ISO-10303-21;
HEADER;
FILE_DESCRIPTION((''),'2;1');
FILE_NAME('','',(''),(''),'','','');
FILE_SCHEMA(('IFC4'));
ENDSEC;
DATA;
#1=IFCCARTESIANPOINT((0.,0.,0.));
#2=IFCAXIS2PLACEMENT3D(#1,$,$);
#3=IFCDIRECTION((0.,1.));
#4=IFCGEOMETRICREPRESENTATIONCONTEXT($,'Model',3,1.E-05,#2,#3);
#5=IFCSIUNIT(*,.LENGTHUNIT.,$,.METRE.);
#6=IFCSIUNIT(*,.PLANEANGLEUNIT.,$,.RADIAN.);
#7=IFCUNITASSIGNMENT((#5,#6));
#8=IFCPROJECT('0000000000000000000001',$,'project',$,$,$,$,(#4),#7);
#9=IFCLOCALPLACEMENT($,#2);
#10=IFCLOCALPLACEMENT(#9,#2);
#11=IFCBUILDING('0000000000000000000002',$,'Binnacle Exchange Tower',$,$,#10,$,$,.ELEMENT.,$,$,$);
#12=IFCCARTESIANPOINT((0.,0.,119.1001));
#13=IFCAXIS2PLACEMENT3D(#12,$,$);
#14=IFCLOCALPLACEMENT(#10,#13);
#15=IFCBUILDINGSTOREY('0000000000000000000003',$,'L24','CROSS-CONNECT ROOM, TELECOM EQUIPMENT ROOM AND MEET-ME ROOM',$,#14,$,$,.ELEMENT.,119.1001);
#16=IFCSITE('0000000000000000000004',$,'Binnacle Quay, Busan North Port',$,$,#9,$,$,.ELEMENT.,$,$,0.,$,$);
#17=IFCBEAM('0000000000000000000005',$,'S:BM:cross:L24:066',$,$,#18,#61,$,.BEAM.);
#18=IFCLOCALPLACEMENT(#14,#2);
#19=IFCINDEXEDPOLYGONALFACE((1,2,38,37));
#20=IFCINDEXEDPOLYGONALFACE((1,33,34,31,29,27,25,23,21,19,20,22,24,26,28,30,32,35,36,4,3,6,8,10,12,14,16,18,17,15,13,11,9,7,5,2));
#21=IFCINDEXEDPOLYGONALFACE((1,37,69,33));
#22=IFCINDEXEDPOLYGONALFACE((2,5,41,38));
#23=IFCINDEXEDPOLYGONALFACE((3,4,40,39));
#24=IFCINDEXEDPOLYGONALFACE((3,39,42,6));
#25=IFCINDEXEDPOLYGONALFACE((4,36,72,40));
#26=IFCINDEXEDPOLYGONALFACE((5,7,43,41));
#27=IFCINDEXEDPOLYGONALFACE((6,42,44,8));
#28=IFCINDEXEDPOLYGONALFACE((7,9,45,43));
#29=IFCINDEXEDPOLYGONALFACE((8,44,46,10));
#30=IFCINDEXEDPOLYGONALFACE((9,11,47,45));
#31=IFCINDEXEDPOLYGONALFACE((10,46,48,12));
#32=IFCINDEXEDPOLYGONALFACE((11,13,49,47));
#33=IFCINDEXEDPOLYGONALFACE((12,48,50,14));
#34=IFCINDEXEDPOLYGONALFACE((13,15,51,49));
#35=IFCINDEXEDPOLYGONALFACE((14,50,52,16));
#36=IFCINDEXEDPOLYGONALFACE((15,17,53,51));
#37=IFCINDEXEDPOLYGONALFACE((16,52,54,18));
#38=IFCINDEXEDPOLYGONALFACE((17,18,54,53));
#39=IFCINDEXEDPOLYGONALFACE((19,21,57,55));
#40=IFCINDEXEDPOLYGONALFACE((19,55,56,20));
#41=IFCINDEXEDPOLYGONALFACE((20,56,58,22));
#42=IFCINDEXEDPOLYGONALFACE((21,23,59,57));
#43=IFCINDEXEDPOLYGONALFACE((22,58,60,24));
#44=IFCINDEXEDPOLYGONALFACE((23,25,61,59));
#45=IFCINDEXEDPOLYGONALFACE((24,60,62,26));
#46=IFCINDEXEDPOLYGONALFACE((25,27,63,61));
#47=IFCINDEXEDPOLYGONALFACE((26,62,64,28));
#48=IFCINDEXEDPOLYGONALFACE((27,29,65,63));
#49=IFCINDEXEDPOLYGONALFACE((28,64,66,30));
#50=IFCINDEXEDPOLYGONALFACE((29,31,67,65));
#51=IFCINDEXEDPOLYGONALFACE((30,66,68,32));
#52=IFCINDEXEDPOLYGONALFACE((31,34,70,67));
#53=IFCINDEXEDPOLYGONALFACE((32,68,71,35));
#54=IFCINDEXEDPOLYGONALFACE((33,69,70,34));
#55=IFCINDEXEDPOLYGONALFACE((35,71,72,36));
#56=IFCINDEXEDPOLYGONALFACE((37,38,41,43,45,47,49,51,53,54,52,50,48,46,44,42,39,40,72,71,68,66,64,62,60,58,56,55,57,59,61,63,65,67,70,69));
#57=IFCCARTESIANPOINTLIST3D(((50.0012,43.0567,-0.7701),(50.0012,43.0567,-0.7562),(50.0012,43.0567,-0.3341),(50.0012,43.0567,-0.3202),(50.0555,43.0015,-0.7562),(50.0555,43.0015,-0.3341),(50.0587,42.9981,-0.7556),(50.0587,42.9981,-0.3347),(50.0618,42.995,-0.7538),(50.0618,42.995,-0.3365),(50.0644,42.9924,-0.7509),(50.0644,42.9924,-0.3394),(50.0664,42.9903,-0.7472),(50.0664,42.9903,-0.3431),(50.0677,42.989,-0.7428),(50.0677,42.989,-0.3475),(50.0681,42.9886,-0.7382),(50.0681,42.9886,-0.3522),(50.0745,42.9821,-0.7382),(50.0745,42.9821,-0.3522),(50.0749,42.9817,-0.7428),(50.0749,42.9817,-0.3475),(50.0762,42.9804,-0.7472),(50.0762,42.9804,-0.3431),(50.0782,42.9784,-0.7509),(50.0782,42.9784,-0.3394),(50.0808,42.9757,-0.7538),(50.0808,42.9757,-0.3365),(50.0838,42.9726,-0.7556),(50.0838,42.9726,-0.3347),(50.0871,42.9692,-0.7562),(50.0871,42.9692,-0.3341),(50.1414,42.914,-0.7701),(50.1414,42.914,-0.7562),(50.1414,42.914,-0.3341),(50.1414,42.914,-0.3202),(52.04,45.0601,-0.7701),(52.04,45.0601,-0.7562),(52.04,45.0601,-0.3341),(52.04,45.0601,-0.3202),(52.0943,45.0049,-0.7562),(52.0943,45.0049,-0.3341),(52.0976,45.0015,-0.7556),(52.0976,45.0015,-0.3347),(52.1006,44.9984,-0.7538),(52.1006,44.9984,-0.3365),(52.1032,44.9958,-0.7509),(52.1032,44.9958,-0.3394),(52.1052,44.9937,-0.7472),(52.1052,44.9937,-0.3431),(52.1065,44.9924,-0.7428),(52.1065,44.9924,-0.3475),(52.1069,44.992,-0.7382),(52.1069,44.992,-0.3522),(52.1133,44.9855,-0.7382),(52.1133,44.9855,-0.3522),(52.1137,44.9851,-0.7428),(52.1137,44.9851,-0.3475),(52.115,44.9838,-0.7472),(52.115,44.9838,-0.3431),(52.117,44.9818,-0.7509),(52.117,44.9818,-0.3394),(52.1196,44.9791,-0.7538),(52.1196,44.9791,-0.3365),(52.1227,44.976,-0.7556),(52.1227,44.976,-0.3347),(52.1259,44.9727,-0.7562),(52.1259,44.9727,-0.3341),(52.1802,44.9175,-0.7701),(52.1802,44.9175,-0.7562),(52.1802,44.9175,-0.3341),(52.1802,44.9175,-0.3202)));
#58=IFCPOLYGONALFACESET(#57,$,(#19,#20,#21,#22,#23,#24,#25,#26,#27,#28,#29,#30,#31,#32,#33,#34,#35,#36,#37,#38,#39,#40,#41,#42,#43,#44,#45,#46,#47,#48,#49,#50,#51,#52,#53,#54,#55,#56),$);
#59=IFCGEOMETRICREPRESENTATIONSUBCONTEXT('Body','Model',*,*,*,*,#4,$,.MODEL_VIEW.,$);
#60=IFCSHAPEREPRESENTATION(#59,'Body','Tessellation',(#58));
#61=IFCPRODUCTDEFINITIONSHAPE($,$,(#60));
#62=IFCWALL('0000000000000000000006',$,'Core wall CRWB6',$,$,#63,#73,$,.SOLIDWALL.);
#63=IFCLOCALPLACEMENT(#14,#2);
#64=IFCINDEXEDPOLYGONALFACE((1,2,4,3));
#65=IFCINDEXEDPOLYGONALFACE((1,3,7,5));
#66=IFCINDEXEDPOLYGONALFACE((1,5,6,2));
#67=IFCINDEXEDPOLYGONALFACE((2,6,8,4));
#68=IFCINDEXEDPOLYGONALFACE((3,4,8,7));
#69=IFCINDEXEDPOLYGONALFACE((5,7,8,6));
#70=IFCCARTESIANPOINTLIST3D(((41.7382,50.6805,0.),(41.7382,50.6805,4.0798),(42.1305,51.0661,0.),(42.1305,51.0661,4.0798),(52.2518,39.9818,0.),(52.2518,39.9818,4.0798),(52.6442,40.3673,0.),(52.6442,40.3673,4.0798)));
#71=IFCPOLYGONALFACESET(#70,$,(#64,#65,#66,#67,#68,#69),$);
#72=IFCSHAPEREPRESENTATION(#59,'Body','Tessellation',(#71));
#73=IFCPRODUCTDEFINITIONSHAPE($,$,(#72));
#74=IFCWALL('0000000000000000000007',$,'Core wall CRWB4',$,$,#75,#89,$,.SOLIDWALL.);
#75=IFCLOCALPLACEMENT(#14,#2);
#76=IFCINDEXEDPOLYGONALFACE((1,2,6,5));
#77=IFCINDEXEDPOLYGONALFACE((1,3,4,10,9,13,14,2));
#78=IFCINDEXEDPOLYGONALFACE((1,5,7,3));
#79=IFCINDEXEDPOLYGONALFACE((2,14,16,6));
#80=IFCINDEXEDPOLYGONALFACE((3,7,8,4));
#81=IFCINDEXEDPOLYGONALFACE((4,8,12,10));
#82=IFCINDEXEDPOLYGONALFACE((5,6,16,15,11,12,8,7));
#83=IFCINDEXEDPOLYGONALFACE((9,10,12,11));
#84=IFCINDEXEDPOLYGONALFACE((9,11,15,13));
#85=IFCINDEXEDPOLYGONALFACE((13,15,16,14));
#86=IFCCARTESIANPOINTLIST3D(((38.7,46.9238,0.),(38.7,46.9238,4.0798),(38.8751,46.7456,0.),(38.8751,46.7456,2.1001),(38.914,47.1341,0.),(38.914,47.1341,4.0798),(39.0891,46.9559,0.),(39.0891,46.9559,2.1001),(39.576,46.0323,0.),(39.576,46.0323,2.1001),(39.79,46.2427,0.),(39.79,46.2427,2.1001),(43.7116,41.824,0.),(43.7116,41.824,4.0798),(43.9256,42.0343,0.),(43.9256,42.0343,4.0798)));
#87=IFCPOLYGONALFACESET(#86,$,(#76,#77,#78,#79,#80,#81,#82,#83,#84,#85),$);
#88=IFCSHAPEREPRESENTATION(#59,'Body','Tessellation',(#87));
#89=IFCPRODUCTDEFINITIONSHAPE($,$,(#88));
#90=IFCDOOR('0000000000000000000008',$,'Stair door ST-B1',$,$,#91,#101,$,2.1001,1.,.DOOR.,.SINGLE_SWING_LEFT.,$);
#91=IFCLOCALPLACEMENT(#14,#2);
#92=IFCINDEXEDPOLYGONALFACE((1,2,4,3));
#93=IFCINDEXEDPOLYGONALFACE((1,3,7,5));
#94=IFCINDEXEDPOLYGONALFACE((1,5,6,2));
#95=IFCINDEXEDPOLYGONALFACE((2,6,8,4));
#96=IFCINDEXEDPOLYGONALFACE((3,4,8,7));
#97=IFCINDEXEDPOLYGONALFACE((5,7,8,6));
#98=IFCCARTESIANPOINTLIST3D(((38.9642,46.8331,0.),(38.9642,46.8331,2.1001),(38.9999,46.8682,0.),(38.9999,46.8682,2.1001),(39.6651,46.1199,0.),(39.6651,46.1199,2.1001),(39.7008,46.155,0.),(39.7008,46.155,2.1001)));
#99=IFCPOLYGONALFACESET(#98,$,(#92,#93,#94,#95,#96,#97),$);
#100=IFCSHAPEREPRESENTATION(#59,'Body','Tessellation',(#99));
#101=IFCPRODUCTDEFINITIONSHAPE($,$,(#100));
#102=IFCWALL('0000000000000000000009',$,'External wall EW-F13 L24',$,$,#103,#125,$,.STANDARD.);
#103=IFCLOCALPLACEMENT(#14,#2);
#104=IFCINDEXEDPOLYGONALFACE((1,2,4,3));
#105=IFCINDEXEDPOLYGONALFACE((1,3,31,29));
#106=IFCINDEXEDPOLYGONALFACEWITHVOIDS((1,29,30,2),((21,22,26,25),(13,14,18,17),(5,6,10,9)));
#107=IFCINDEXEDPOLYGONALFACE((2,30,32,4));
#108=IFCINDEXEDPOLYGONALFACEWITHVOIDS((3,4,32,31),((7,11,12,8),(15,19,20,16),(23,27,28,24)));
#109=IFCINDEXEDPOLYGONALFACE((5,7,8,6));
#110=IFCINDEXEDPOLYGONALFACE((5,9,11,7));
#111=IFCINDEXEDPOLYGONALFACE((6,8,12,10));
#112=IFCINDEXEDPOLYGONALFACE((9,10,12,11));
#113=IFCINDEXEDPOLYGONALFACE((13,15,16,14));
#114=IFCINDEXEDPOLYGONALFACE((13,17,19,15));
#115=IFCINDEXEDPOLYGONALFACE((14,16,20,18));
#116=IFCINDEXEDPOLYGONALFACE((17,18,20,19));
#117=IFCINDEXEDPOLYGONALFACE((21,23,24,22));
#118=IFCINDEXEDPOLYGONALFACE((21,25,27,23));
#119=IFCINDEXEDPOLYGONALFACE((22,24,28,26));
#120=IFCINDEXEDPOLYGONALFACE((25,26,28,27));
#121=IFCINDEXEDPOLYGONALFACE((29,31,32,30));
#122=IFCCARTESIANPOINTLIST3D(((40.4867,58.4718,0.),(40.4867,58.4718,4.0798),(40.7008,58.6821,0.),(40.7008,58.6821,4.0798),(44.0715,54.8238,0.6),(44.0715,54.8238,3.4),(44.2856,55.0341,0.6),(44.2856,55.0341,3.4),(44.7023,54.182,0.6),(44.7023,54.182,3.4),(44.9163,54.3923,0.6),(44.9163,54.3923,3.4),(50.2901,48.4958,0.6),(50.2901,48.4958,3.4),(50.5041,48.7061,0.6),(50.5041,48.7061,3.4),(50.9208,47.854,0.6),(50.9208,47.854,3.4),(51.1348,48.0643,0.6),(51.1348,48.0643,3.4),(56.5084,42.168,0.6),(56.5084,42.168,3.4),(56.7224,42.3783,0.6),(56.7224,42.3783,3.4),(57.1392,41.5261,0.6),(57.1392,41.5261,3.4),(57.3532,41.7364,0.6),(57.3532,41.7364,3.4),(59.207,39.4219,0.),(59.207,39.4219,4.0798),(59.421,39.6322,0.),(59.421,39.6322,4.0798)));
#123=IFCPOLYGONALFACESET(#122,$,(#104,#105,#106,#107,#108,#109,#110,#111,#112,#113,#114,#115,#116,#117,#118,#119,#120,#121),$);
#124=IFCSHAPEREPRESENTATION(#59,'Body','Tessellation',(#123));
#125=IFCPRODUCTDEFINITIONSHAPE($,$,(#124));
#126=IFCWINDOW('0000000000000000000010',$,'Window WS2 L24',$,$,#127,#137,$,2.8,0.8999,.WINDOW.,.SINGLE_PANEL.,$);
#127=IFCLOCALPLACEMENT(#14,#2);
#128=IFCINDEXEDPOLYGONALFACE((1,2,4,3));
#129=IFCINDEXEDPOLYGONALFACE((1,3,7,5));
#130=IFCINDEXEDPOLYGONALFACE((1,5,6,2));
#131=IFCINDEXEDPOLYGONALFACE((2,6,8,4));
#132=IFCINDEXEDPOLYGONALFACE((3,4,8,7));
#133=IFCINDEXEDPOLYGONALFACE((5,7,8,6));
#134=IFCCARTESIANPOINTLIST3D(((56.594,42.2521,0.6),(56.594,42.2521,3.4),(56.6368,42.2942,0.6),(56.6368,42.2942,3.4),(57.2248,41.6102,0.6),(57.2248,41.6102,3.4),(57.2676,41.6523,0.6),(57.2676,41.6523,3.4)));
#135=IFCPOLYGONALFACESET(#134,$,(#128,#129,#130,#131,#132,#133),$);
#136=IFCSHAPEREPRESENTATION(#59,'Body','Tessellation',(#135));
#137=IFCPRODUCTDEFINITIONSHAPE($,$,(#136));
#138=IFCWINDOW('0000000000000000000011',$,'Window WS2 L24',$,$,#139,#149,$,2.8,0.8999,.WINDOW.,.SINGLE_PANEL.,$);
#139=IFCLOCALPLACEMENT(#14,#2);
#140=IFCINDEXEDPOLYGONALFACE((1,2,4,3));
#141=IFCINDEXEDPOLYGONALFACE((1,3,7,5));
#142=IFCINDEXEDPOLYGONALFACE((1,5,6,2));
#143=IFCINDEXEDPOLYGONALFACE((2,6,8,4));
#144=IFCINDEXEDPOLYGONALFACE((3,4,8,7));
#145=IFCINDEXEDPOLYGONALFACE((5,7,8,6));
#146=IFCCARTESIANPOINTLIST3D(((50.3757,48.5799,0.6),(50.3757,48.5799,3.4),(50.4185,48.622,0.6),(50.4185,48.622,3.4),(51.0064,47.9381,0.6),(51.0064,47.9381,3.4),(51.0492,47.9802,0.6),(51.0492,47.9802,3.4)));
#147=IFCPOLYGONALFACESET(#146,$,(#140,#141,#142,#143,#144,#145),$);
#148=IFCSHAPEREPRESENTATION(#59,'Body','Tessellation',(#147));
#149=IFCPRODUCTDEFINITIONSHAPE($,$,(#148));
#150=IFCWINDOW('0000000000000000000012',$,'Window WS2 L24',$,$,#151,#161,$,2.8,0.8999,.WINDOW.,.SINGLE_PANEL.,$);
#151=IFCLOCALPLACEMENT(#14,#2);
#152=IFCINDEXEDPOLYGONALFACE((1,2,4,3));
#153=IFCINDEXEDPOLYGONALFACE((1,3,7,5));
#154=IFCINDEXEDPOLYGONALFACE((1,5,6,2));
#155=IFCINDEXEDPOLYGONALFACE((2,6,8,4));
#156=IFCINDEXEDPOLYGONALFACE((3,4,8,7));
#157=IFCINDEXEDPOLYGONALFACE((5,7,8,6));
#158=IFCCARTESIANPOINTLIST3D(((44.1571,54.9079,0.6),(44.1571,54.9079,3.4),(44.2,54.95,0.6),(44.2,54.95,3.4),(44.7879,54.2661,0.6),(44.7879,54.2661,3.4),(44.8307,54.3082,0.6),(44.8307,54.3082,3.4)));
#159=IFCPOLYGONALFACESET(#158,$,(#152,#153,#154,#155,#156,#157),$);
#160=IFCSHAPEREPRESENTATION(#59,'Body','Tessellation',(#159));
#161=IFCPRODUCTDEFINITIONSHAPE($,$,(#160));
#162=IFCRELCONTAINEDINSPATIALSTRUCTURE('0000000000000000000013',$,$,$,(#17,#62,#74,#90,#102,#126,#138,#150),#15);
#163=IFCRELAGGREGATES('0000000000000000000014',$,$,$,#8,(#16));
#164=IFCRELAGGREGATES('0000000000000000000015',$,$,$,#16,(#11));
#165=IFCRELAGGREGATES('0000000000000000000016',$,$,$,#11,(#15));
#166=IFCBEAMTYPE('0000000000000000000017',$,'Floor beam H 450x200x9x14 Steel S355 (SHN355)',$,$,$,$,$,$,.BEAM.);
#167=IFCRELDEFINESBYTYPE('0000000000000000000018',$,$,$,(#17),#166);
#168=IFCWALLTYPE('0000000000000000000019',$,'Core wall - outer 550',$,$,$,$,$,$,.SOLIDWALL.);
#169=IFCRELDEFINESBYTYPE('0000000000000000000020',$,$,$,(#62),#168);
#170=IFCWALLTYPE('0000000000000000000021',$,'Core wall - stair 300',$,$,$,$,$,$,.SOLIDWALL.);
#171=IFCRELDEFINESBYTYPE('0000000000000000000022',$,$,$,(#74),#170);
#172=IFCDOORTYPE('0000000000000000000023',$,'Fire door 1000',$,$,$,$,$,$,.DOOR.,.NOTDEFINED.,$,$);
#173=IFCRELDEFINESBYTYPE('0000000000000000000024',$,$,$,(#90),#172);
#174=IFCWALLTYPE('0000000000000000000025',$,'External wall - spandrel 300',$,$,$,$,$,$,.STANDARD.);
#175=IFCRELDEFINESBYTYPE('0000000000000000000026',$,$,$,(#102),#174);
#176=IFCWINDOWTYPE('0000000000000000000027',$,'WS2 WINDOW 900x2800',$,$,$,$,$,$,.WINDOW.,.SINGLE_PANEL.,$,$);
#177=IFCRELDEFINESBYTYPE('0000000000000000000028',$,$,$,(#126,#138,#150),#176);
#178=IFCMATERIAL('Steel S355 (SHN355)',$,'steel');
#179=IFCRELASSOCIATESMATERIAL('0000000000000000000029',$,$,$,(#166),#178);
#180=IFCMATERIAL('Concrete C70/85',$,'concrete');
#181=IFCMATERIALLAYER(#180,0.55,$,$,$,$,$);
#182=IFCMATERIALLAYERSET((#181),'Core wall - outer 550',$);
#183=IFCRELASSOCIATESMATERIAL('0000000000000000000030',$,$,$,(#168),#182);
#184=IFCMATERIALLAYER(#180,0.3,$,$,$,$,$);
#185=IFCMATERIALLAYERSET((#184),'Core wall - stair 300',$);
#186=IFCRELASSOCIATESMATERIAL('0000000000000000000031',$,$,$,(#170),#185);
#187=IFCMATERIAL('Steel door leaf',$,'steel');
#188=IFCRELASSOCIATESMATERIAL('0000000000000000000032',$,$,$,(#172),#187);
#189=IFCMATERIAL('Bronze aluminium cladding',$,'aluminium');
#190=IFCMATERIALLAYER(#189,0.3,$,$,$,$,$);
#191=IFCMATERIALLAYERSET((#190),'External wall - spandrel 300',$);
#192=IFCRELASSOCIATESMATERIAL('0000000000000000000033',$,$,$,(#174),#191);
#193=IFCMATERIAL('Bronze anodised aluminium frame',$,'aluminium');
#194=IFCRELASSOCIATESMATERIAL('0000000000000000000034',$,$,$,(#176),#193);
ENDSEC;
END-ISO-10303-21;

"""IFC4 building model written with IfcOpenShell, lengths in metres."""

from ifc_helpers import new_model, si_unit, direction, frame, frame_2d, origin, origin_2d, place, context, subcontext, project, spatial, rectangle, i_section, extrude, material, layer, layer_set, material_profile, profile_set, type_object, element, fill, save


model = new_model("IFC4")

# Units and contexts
model_context = context("Model", 3, precision=1e-05, world=origin(), true_north=direction((0.0, 1.0)))
body_context = subcontext(model_context, "Body", "Model", "MODEL_VIEW")
ifc_project = project(units=[si_unit("LENGTHUNIT", "METRE"), si_unit("PLANEANGLEUNIT", "RADIAN")], contexts=[model_context])

# Site, building, storey
site_placement = place(None, origin())
site = spatial("IfcSite", under=ifc_project, at=site_placement, Name="Binnacle Quay, Busan North Port", CompositionType="ELEMENT", RefElevation=0.0)
building_placement = place(site_placement, origin())
building = spatial("IfcBuilding", under=site, at=building_placement, Name="Binnacle Exchange Tower", CompositionType="ELEMENT")
storey_placement = place(building_placement, frame((0.0, 0.0, 119.1001)))
storey = spatial("IfcBuildingStorey", under=building, at=storey_placement, Name="L24", Description="CROSS-CONNECT ROOM, TELECOM EQUIPMENT ROOM AND MEET-ME ROOM", CompositionType="ELEMENT", Elevation=119.1001)

# Shared definitions
ifc_material_1 = material(Name="Concrete C70/85", Category="concrete")

# Beam
ifc_material_2 = material(Name="Steel S355 (SHN355)", Category="steel")
ifc_material_profile_1 = material_profile(ifc_material_2, i_section(OverallWidth=0.2, OverallDepth=0.45, WebThickness=0.009, FlangeThickness=0.0139, FilletRadius=0.0181, at=origin_2d()), Name="H 450x200x9x14")
ifc_profile_set_1 = profile_set([ifc_material_profile_1], Name="Steel S355 (SHN355)")
beam_type_1 = type_object("IfcBeamType", Name="Floor beam H 450x200x9x14 Steel S355 (SHN355)", PredefinedType="BEAM", material=ifc_profile_set_1)
for number, where, z_axis, x_axis, name in (
    (1, (52.1101, 44.9888, -0.5452), (-0.713272, -0.700887, 0.0), (0.700887, -0.713272, 0.0), "S:BM:cross:L24:066"),
):
    element("IfcBeam", number, at=place(storey_placement, frame(where, z_axis=z_axis, x_axis=x_axis)), inside=storey, type_object=beam_type_1, Name=name, PredefinedType="BEAM", context=body_context, shape_type="SweptSolid", body=[
        extrude(i_section(OverallWidth=0.2, OverallDepth=0.45, WebThickness=0.009, FlangeThickness=0.0139, FilletRadius=0.0181, at=origin_2d()), origin(), (0.0, 0.0, 1.0), 2.8584),
    ])

# Wall
ifc_layer_1 = layer(ifc_material_1, 0.55)
ifc_layer_set_1 = layer_set([ifc_layer_1], Name="Core wall - outer 550")
wall_type_1 = type_object("IfcWallType", Name="Core wall - outer 550", PredefinedType="SOLIDWALL", material=ifc_layer_set_1)
wall_1_placement = place(storey_placement, frame((41.9343, 50.8733, 0.0), z_axis=(0.0, 0.0, 1.0), x_axis=(0.700911, -0.713248, 0.0)))
element("IfcWall", 2, at=wall_1_placement, inside=storey, type_object=wall_type_1, Name="Core wall CRWB6", PredefinedType="SOLIDWALL", context=body_context, shape_type="SweptSolid", body=[
    extrude(rectangle(XDim=15.0, YDim=0.55, at=frame_2d((7.5, 0.0))), origin(), (0.0, 0.0, 1.0), 4.0798),
])

# Wall, opening, door
ifc_layer_2 = layer(ifc_material_1, 0.3)
ifc_layer_set_2 = layer_set([ifc_layer_2], Name="Core wall - stair 300")
wall_type_2 = type_object("IfcWallType", Name="Core wall - stair 300", PredefinedType="SOLIDWALL", material=ifc_layer_set_2)
wall_2_placement = place(storey_placement, frame((38.8069, 47.0291, 0.0), z_axis=(0.0, 0.0, 1.0), x_axis=(0.700917, -0.713243, 0.0)))
wall_2 = element("IfcWall", 3, at=wall_2_placement, inside=storey, type_object=wall_type_2, Name="Core wall CRWB4", PredefinedType="SOLIDWALL", context=body_context, shape_type="SweptSolid", body=[
    extrude(rectangle(XDim=7.1501, YDim=0.3, at=frame_2d((3.5752, 0.0))), origin(), (0.0, 0.0, 1.0), 4.0798),
])
opening_1_placement = place(wall_2_placement, frame((0.25, 0.0, 0.0)))
opening_1 = element("IfcOpeningElement", 4, at=opening_1_placement, cuts=wall_2, PredefinedType="OPENING", context=body_context, shape_type="SweptSolid", body=[
    extrude(rectangle(XDim=1.0, YDim=2.1001, at=frame_2d((0.5, 1.05))), frame((0.0, 0.1599, 0.0), z_axis=(0.0, -1.0, 0.0), x_axis=(1.0, 0.0, 0.0)), (0.0, 0.0, 1.0), 0.3201),
])
ifc_material_3 = material(Name="Steel door leaf", Category="steel")
door_type = type_object("IfcDoorType", Name="Fire door 1000", OperationType="NOTDEFINED", PredefinedType="DOOR", material=ifc_material_3)
door_1_placement = place(opening_1_placement, origin())
door_1 = element("IfcDoor", 5, at=door_1_placement, inside=storey, type_object=door_type, Name="Stair door ST-B1", OperationType="SINGLE_SWING_LEFT", OverallHeight=2.1001, OverallWidth=1.0, PredefinedType="DOOR", context=body_context, shape_type="SweptSolid", body=[
    extrude(rectangle(XDim=1.0, YDim=2.1001, at=frame_2d((0.5, 1.05))), frame((0.0, 0.0249, 0.0), z_axis=(0.0, -1.0, 0.0), x_axis=(1.0, 0.0, 0.0)), (0.0, 0.0, 1.0), 0.05),
])
fill(opening_1, door_1)

# Wall, openings, windows
ifc_material_4 = material(Name="Bronze aluminium cladding", Category="aluminium")
ifc_layer_3 = layer(ifc_material_4, 0.3)
ifc_layer_set_3 = layer_set([ifc_layer_3], Name="External wall - spandrel 300")
wall_type_3 = type_object("IfcWallType", Name="External wall - spandrel 300", PredefinedType="STANDARD", material=ifc_layer_set_3)
wall_3_placement = place(storey_placement, frame((40.5938, 58.5769, 0.0), z_axis=(0.0, 0.0, 1.0), x_axis=(0.70091, -0.71325, 0.0)))
wall_3 = element("IfcWall", 6, at=wall_3_placement, inside=storey, type_object=wall_type_3, Name="External wall EW-F13 L24", PredefinedType="STANDARD", context=body_context, shape_type="SweptSolid", body=[
    extrude(rectangle(XDim=26.7085, YDim=0.3, at=frame_2d((13.3542, 0.0))), origin(), (0.0, 0.0, 1.0), 4.0798),
])
opening_2_placement = place(wall_3_placement, frame((22.8584, 0.0, 0.6001)))
opening_2 = element("IfcOpeningElement", 7, at=opening_2_placement, cuts=wall_3, PredefinedType="OPENING", context=body_context, shape_type="SweptSolid", body=[
    extrude(rectangle(XDim=0.8999, YDim=2.8, at=frame_2d((0.45, 1.3999))), frame((0.0, 0.1599, 0.0), z_axis=(0.0, -1.0, 0.0), x_axis=(1.0, 0.0, 0.0)), (0.0, 0.0, 1.0), 0.3201),
])
opening_3_placement = place(wall_3_placement, frame((13.9866, 0.0, 0.6001)))
opening_3 = element("IfcOpeningElement", 8, at=opening_3_placement, cuts=wall_3, PredefinedType="OPENING", context=body_context, shape_type="SweptSolid", body=[
    extrude(rectangle(XDim=0.8999, YDim=2.8, at=frame_2d((0.45, 1.3999))), frame((0.0, 0.1599, 0.0), z_axis=(0.0, -1.0, 0.0), x_axis=(1.0, 0.0, 0.0)), (0.0, 0.0, 1.0), 0.3201),
])
opening_4_placement = place(wall_3_placement, frame((5.1145, 0.0, 0.6001)))
opening_4 = element("IfcOpeningElement", 9, at=opening_4_placement, cuts=wall_3, PredefinedType="OPENING", context=body_context, shape_type="SweptSolid", body=[
    extrude(rectangle(XDim=0.8999, YDim=2.8, at=frame_2d((0.45, 1.3999))), frame((0.0, 0.1599, 0.0), z_axis=(0.0, -1.0, 0.0), x_axis=(1.0, 0.0, 0.0)), (0.0, 0.0, 1.0), 0.3201),
])
ifc_material_5 = material(Name="Bronze anodised aluminium frame", Category="aluminium")
window_type = type_object("IfcWindowType", Name="WS2 WINDOW 900x2800", PartitioningType="SINGLE_PANEL", PredefinedType="WINDOW", material=ifc_material_5)
window_1_placement = place(opening_2_placement, origin())
window_1 = element("IfcWindow", 10, at=window_1_placement, inside=storey, type_object=window_type, Name="Window WS2 L24", OverallHeight=2.8, OverallWidth=0.8999, PartitioningType="SINGLE_PANEL", PredefinedType="WINDOW", context=body_context, shape_type="SweptSolid", body=[
    extrude(rectangle(XDim=0.8999, YDim=2.8, at=frame_2d((0.45, 1.3999))), frame((0.0, 0.03, 0.0), z_axis=(0.0, -1.0, 0.0), x_axis=(1.0, 0.0, 0.0)), (0.0, 0.0, 1.0), 0.0601),
])
fill(opening_2, window_1)
window_2_placement = place(opening_3_placement, origin())
window_2 = element("IfcWindow", 11, at=window_2_placement, inside=storey, type_object=window_type, Name="Window WS2 L24", OverallHeight=2.8, OverallWidth=0.8999, PartitioningType="SINGLE_PANEL", PredefinedType="WINDOW", context=body_context, shape_type="SweptSolid", body=[
    extrude(rectangle(XDim=0.8999, YDim=2.8, at=frame_2d((0.45, 1.3999))), frame((0.0, 0.03, 0.0), z_axis=(0.0, -1.0, 0.0), x_axis=(1.0, 0.0, 0.0)), (0.0, 0.0, 1.0), 0.0601),
])
fill(opening_3, window_2)
window_3_placement = place(opening_4_placement, origin())
window_3 = element("IfcWindow", 12, at=window_3_placement, inside=storey, type_object=window_type, Name="Window WS2 L24", OverallHeight=2.8, OverallWidth=0.8999, PartitioningType="SINGLE_PANEL", PredefinedType="WINDOW", context=body_context, shape_type="SweptSolid", body=[
    extrude(rectangle(XDim=0.8999, YDim=2.8, at=frame_2d((0.45, 1.3999))), frame((0.0, 0.03, 0.0), z_axis=(0.0, -1.0, 0.0), x_axis=(1.0, 0.0, 0.0)), (0.0, 0.0, 1.0), 0.0601),
])
fill(opening_4, window_3)

save(model, "model.ifc")
